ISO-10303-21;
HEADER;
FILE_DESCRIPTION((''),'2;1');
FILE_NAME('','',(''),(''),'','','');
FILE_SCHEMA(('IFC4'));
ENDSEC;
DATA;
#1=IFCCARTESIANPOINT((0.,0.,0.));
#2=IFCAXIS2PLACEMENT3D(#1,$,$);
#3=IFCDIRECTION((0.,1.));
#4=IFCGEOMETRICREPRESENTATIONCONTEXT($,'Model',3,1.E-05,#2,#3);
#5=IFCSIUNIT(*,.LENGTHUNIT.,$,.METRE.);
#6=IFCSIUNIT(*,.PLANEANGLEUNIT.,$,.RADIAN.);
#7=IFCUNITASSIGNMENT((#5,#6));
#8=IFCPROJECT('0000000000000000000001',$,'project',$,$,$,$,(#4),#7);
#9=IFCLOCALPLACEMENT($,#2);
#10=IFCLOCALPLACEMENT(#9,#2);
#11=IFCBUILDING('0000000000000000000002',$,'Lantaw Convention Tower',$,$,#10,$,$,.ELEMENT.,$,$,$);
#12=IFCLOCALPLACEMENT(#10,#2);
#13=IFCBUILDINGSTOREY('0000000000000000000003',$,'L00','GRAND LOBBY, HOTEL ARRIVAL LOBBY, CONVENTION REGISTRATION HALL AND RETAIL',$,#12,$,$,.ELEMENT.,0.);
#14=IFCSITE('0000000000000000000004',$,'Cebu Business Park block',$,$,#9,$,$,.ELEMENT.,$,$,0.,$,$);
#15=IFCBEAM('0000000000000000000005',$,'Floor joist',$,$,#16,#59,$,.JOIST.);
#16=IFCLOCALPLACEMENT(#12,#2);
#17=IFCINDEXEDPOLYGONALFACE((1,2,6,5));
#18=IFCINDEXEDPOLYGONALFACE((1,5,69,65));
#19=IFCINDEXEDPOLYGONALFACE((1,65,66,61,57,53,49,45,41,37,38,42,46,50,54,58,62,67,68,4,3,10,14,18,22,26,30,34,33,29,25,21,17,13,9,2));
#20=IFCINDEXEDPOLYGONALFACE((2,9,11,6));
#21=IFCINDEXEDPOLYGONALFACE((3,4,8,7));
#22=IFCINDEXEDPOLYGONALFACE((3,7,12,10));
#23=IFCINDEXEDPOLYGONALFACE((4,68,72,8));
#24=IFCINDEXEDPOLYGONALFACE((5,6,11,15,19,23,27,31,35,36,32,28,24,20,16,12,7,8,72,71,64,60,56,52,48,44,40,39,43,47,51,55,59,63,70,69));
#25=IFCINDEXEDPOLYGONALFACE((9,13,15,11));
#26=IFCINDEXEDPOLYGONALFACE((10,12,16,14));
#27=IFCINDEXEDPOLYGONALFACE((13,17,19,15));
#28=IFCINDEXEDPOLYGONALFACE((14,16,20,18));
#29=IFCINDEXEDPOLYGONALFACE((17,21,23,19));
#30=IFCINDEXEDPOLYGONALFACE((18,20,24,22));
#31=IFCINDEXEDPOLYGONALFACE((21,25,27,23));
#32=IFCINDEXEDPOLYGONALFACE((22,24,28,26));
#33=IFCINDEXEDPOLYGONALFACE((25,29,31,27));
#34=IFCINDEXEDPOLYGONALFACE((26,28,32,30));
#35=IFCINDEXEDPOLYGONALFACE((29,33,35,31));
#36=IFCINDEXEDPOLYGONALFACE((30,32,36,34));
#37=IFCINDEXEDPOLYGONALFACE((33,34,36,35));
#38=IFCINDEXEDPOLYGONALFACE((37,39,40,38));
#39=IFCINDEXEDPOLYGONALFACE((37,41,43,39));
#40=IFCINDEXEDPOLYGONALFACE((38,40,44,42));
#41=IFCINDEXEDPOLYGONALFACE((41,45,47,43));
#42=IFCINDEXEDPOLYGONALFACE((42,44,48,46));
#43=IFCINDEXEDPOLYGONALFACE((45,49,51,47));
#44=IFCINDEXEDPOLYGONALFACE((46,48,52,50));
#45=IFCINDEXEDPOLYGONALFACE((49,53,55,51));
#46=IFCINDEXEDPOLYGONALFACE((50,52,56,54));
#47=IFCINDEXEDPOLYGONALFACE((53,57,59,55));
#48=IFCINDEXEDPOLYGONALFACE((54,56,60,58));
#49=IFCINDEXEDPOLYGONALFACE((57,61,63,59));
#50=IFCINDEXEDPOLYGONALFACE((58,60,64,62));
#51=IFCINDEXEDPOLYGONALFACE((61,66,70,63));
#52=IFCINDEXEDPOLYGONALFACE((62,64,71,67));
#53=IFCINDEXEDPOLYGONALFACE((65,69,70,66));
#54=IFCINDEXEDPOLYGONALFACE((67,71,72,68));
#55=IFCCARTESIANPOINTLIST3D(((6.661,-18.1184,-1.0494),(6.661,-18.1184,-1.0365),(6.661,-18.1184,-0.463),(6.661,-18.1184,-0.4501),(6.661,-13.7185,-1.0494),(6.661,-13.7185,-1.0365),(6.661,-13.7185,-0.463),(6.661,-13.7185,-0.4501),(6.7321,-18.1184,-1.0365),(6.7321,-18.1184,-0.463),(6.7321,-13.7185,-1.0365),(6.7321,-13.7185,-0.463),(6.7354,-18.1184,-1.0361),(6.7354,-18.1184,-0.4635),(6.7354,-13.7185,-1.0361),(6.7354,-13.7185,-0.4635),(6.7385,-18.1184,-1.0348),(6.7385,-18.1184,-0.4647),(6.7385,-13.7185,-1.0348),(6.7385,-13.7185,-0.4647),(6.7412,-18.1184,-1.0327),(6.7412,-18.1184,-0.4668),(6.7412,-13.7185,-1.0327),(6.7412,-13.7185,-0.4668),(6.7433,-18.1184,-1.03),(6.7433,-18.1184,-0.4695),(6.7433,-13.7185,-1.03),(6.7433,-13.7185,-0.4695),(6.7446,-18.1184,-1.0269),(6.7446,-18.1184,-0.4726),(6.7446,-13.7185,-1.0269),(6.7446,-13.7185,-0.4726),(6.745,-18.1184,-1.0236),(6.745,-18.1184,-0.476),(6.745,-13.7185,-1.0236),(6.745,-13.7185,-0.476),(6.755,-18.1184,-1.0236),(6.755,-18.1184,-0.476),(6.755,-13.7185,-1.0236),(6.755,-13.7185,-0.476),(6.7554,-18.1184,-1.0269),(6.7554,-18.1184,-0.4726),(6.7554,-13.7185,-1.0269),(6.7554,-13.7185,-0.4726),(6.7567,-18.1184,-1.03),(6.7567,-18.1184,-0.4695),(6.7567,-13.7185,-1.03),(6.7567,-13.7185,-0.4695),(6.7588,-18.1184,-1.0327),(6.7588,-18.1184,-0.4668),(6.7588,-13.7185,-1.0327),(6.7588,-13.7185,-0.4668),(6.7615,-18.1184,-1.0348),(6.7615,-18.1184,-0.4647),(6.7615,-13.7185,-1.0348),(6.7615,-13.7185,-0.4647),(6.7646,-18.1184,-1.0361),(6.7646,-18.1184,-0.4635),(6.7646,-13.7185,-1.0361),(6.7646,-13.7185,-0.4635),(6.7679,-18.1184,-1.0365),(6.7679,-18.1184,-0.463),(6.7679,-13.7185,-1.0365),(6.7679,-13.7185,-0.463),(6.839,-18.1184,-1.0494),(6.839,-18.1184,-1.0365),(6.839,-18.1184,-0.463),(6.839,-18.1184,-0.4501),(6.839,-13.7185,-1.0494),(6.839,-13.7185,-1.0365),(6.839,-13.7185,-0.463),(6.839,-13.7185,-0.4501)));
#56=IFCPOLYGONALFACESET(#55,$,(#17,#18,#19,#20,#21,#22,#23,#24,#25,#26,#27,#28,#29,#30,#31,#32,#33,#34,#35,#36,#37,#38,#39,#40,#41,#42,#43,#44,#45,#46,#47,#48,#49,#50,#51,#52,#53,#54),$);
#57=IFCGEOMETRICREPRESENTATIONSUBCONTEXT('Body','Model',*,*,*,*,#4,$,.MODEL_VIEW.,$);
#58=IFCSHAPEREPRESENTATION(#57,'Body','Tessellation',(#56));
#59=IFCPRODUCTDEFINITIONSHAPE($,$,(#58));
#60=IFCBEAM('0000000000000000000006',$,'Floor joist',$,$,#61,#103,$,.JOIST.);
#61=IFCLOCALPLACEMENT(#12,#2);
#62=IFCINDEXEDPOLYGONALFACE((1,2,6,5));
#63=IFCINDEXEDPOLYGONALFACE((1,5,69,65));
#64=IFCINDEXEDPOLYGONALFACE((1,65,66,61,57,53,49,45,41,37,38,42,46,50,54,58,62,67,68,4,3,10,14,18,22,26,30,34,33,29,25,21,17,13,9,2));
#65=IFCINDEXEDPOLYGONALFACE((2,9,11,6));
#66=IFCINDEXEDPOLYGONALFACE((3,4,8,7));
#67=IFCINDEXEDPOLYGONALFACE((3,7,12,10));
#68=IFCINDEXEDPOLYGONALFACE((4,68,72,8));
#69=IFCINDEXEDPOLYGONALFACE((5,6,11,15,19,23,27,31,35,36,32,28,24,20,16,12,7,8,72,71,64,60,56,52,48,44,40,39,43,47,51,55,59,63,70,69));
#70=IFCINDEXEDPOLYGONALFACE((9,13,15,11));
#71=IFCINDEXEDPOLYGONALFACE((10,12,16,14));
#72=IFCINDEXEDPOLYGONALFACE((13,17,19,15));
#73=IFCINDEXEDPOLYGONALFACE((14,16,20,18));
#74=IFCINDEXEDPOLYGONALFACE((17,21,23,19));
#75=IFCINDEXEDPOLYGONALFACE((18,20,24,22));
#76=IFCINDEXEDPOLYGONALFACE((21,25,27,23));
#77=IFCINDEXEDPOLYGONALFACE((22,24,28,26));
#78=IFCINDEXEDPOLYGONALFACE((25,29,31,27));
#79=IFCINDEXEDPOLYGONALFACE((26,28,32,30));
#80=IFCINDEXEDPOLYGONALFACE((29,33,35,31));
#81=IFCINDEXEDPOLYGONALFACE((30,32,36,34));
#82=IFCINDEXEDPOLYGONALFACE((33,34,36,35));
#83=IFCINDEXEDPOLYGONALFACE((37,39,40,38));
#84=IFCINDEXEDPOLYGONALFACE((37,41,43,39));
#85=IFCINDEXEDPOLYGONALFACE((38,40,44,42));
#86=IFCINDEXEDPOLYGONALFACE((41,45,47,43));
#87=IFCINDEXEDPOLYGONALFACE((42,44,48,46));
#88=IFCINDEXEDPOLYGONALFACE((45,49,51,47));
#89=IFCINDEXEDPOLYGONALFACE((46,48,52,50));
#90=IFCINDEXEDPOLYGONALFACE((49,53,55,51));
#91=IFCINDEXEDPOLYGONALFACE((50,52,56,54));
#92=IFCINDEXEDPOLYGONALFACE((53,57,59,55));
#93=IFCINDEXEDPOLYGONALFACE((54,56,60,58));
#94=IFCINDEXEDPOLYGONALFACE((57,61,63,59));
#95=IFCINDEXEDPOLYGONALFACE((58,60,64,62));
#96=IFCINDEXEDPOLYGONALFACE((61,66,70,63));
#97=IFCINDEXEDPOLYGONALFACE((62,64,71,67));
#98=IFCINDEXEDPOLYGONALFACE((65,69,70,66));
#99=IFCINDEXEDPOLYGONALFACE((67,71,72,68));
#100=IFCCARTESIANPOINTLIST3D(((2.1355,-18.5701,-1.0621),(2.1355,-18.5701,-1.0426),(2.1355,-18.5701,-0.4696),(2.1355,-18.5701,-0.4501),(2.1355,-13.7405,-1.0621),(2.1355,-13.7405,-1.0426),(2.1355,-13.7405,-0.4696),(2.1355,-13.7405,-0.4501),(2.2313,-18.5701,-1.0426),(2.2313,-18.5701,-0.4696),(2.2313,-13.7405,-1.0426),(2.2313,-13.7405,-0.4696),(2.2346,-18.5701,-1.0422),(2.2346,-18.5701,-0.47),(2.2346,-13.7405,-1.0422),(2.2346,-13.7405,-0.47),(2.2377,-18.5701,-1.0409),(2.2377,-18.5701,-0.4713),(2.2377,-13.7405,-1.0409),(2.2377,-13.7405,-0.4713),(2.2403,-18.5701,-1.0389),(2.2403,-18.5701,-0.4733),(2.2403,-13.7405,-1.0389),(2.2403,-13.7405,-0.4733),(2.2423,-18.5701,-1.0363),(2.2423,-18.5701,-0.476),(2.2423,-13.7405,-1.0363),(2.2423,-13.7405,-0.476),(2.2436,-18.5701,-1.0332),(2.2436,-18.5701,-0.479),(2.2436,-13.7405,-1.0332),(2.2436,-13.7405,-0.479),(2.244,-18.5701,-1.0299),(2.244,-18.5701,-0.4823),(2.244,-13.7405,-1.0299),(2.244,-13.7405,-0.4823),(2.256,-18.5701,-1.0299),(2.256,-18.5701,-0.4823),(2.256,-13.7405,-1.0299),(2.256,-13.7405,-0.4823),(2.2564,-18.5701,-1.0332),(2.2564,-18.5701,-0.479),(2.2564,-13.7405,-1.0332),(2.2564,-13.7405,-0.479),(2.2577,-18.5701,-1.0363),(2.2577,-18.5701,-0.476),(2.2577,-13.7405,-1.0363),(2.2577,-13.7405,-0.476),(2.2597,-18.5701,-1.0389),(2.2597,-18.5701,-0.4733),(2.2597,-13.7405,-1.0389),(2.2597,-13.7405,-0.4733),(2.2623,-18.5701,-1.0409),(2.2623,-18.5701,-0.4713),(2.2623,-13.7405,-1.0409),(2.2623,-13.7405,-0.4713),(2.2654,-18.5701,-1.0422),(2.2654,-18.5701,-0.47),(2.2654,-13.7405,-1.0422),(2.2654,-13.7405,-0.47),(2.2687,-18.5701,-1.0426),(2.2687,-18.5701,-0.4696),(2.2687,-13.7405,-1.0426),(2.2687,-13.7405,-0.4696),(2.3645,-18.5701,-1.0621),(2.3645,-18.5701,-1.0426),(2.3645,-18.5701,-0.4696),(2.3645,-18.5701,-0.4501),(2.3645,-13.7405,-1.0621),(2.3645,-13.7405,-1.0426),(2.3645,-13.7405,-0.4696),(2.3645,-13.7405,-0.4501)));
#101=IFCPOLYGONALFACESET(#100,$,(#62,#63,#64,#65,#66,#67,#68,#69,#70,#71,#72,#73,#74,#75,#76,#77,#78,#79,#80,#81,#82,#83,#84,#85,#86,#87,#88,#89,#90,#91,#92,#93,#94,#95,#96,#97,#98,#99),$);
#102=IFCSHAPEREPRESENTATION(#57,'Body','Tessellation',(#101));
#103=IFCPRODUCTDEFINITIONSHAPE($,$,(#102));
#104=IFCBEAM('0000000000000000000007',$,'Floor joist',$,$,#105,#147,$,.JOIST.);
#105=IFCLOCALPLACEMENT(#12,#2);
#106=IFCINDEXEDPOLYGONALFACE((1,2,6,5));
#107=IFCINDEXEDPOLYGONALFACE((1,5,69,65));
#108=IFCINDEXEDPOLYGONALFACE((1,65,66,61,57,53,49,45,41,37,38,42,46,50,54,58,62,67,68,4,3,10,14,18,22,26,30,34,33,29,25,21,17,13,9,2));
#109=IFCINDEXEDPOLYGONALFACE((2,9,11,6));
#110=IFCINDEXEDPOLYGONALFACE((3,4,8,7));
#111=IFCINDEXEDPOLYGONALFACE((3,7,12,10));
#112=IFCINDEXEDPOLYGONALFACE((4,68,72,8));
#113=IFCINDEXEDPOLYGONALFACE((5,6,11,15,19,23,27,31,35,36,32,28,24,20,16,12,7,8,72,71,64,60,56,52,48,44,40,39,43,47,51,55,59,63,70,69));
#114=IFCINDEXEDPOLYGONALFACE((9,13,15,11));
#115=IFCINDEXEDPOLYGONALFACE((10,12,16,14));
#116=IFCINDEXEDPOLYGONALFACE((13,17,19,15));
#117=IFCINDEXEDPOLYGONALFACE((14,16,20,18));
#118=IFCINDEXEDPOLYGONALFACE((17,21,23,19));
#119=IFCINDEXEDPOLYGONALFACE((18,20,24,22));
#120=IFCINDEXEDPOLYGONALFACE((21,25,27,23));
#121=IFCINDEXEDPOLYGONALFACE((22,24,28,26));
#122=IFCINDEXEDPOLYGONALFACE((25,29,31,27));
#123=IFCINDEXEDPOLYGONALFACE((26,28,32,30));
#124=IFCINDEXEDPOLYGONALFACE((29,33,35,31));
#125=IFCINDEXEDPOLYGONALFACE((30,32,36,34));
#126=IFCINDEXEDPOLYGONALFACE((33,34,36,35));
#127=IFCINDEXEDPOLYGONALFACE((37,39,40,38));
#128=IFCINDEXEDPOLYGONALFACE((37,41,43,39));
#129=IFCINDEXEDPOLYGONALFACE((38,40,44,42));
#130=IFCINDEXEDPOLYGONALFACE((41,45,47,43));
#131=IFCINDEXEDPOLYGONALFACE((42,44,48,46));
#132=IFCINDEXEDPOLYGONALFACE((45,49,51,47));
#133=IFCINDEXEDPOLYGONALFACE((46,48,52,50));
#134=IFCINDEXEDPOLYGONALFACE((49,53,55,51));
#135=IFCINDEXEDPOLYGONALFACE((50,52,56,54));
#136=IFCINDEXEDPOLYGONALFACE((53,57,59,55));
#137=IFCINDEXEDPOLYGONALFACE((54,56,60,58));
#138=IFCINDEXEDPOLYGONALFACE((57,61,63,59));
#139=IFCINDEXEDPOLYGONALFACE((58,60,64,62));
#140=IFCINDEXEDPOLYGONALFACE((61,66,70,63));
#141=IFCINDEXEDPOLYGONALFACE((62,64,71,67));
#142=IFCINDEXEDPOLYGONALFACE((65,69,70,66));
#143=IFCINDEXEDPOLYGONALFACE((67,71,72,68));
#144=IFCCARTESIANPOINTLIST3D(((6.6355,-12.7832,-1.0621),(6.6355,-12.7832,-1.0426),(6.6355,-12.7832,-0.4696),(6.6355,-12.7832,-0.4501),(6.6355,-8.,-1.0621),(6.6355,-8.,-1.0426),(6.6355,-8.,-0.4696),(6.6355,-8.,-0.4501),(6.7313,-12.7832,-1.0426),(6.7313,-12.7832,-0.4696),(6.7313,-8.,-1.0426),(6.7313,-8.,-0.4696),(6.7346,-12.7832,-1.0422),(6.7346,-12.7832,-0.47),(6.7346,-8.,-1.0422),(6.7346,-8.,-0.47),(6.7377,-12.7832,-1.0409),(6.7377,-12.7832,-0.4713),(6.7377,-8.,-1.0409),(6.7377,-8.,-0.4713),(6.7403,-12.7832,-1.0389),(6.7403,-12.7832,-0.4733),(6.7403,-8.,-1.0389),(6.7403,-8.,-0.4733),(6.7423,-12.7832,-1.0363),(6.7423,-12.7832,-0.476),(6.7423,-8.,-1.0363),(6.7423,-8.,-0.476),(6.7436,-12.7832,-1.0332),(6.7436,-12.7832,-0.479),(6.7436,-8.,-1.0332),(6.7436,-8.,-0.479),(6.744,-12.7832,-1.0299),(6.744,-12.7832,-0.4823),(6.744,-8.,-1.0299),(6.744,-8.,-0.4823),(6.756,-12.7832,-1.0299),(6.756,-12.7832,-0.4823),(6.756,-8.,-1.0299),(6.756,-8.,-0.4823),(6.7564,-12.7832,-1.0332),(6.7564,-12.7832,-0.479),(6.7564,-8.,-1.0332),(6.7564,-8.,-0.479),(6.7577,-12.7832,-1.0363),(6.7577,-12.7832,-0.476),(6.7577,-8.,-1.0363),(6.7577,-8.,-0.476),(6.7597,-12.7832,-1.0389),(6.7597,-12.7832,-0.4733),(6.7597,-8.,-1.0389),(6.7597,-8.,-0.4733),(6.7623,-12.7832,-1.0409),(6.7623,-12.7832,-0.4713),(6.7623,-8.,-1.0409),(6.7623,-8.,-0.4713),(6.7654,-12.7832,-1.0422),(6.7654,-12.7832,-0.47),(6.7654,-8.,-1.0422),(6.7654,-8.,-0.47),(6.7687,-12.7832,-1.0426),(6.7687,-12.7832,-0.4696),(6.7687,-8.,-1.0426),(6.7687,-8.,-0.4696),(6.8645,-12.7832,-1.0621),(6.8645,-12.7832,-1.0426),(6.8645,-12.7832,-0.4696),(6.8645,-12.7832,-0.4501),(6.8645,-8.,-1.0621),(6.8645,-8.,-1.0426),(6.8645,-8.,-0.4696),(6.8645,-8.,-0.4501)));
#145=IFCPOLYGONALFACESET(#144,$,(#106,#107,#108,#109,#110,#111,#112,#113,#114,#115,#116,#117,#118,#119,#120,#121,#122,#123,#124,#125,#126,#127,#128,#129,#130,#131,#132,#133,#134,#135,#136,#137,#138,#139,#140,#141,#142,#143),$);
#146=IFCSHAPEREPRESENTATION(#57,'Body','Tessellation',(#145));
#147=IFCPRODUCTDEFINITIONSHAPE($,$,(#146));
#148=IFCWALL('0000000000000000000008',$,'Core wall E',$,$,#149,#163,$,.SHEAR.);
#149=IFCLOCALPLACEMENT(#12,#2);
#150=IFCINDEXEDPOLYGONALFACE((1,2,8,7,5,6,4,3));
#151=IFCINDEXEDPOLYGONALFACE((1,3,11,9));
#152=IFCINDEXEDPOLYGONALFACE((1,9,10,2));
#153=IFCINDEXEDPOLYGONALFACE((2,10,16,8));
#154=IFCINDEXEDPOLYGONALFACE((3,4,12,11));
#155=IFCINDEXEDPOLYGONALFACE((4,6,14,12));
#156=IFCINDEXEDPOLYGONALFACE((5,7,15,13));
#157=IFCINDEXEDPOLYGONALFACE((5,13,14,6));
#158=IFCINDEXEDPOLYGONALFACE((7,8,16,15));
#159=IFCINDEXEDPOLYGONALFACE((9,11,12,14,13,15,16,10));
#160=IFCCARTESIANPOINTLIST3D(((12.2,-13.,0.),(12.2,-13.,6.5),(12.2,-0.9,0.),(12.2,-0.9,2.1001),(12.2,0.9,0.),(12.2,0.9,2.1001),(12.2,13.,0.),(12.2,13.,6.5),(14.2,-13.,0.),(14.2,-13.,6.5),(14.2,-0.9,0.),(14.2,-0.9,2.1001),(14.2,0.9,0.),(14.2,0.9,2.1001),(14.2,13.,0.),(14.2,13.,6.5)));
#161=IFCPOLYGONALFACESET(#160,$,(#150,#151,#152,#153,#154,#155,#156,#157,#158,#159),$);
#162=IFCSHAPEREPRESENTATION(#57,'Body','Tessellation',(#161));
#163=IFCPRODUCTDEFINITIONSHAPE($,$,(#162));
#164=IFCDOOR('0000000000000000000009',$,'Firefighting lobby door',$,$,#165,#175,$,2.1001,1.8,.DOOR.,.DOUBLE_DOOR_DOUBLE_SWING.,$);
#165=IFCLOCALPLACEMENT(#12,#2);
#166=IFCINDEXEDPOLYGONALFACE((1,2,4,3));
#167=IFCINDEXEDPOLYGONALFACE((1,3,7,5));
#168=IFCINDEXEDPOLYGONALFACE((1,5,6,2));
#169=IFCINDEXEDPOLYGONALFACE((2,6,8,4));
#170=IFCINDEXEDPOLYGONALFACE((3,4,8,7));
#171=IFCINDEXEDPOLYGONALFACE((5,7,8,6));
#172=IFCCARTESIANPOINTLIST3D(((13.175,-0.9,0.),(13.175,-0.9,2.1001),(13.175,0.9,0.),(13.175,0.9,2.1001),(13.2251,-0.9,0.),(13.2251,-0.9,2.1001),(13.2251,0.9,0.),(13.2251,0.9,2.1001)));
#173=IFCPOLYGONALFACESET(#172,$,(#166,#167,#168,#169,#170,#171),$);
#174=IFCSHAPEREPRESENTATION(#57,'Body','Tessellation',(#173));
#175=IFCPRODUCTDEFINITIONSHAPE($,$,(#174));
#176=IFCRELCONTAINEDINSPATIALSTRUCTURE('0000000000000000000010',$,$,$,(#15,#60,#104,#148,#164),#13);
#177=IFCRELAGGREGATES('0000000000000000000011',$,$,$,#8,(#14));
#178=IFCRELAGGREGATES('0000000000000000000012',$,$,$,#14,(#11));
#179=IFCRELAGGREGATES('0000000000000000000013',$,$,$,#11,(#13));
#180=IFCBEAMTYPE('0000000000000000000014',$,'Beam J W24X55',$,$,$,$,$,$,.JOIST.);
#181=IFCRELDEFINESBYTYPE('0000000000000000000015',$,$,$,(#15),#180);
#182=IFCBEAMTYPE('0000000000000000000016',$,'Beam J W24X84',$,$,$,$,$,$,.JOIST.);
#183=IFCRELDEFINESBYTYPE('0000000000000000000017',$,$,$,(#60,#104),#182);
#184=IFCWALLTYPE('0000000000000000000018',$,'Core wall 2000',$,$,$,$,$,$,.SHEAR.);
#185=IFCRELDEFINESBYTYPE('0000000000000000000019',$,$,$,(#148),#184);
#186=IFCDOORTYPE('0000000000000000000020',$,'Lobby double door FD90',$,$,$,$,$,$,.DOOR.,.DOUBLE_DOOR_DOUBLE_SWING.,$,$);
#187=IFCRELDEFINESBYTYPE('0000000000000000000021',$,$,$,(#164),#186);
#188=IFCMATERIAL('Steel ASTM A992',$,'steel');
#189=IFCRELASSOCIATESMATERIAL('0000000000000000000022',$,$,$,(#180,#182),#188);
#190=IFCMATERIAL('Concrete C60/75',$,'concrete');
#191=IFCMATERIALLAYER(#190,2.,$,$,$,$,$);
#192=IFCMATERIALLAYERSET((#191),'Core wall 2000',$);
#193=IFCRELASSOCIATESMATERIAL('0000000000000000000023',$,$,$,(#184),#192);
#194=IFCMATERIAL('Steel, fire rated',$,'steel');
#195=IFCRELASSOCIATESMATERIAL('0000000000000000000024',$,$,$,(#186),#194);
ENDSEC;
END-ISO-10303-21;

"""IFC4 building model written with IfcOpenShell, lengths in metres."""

from ifc_helpers import new_model, si_unit, direction, frame, frame_2d, origin, origin_2d, place, context, subcontext, project, spatial, rectangle, i_section, extrude, material, layer, layer_set, material_profile, profile_set, type_object, element, fill, save


model = new_model("IFC4")

# Units and contexts
model_context = context("Model", 3, precision=1e-05, world=origin(), true_north=direction((0.0, 1.0)))
body_context = subcontext(model_context, "Body", "Model", "MODEL_VIEW")
ifc_project = project(units=[si_unit("LENGTHUNIT", "METRE"), si_unit("PLANEANGLEUNIT", "RADIAN")], contexts=[model_context])

# Site, building, storey
site_placement = place(None, origin())
site = spatial("IfcSite", under=ifc_project, at=site_placement, Name="Cebu Business Park block", CompositionType="ELEMENT", RefElevation=0.0)
building_placement = place(site_placement, origin())
building = spatial("IfcBuilding", under=site, at=building_placement, Name="Lantaw Convention Tower", CompositionType="ELEMENT")
storey_placement = place(building_placement, origin())
storey = spatial("IfcBuildingStorey", under=building, at=storey_placement, Name="L00", Description="GRAND LOBBY, HOTEL ARRIVAL LOBBY, CONVENTION REGISTRATION HALL AND RETAIL", CompositionType="ELEMENT", Elevation=0.0)

# Beams
ifc_material_1 = material(Name="Steel ASTM A992", Category="steel")
ifc_material_profile_1 = material_profile(ifc_material_1, i_section(OverallWidth=0.178, OverallDepth=0.5994, WebThickness=0.01, FlangeThickness=0.0129, FilletRadius=0.0129, at=origin_2d()), Name="W24X55")
ifc_profile_set_1 = profile_set([ifc_material_profile_1], Name="Steel ASTM A992")
beam_type_1 = type_object("IfcBeamType", Name="Beam J W24X55", PredefinedType="JOIST", material=ifc_profile_set_1)
beam_1_placement = place(storey_placement, frame((6.75, -18.1184, -0.7498), z_axis=(0.0, 1.0, 0.0), x_axis=(-1.0, 0.0, 0.0)))
element("IfcBeam", 1, at=beam_1_placement, inside=storey, type_object=beam_type_1, Name="Floor joist", PredefinedType="JOIST", context=body_context, shape_type="SweptSolid", body=[
    extrude(i_section(OverallWidth=0.178, OverallDepth=0.5994, WebThickness=0.01, FlangeThickness=0.0129, FilletRadius=0.0129, at=origin_2d()), origin(), (0.0, 0.0, 1.0), 4.3999),
])
ifc_material_profile_2 = material_profile(ifc_material_1, i_section(OverallWidth=0.229, OverallDepth=0.6121, WebThickness=0.012, FlangeThickness=0.0195, FilletRadius=0.0127, at=origin_2d()), Name="W24X84")
ifc_profile_set_2 = profile_set([ifc_material_profile_2], Name="Steel ASTM A992")
beam_type_2 = type_object("IfcBeamType", Name="Beam J W24X84", PredefinedType="JOIST", material=ifc_profile_set_2)
beam_2_placement = place(storey_placement, frame((2.25, -18.5701, -0.7561), z_axis=(0.0, 1.0, 0.0), x_axis=(-1.0, 0.0, 0.0)))
element("IfcBeam", 2, at=beam_2_placement, inside=storey, type_object=beam_type_2, Name="Floor joist", PredefinedType="JOIST", context=body_context, shape_type="SweptSolid", body=[
    extrude(i_section(OverallWidth=0.229, OverallDepth=0.6121, WebThickness=0.012, FlangeThickness=0.0195, FilletRadius=0.0127, at=origin_2d()), origin(), (0.0, 0.0, 1.0), 4.8296),
])
beam_3_placement = place(storey_placement, frame((6.75, -12.7832, -0.7561), z_axis=(0.0, 1.0, 0.0), x_axis=(-1.0, 0.0, 0.0)))
element("IfcBeam", 3, at=beam_3_placement, inside=storey, type_object=beam_type_2, Name="Floor joist", PredefinedType="JOIST", context=body_context, shape_type="SweptSolid", body=[
    extrude(i_section(OverallWidth=0.229, OverallDepth=0.6121, WebThickness=0.012, FlangeThickness=0.0195, FilletRadius=0.0127, at=origin_2d()), origin(), (0.0, 0.0, 1.0), 4.7832),
])

# Wall, opening, door
ifc_material_2 = material(Name="Concrete C60/75", Category="concrete")
ifc_layer_1 = layer(ifc_material_2, 2.0)
ifc_layer_set_1 = layer_set([ifc_layer_1], Name="Core wall 2000")
wall_type_1 = type_object("IfcWallType", Name="Core wall 2000", PredefinedType="SHEAR", material=ifc_layer_set_1)
wall_1_placement = place(storey_placement, frame((13.2, -13.0, 0.0), z_axis=(0.0, 0.0, 1.0), x_axis=(0.0, 1.0, 0.0)))
wall_1 = element("IfcWall", 4, at=wall_1_placement, inside=storey, type_object=wall_type_1, Name="Core wall E", PredefinedType="SHEAR", context=body_context, shape_type="SweptSolid", body=[
    extrude(rectangle(XDim=26.0, YDim=2.0, at=frame_2d((13.0, 0.0))), origin(), (0.0, 0.0, 1.0), 6.5),
])
opening_1_placement = place(wall_1_placement, frame((12.1001, 0.0, 0.0)))
opening_1 = element("IfcOpeningElement", 5, at=opening_1_placement, cuts=wall_1, PredefinedType="OPENING", context=body_context, shape_type="SweptSolid", body=[
    extrude(rectangle(XDim=1.8, YDim=2.1001, at=frame_2d((0.8999, 1.05))), frame((0.0, 1.01, 0.0), z_axis=(0.0, -1.0, 0.0), x_axis=(1.0, 0.0, 0.0)), (0.0, 0.0, 1.0), 2.02),
])
ifc_material_3 = material(Name="Steel, fire rated", Category="steel")
door_type_1 = type_object("IfcDoorType", Name="Lobby double door FD90", OperationType="DOUBLE_DOOR_DOUBLE_SWING", PredefinedType="DOOR", material=ifc_material_3)
door_1_placement = place(opening_1_placement, origin())
door_1 = element("IfcDoor", 6, at=door_1_placement, inside=storey, type_object=door_type_1, Name="Firefighting lobby door", OperationType="DOUBLE_DOOR_DOUBLE_SWING", OverallHeight=2.1001, OverallWidth=1.8, PredefinedType="DOOR", context=body_context, shape_type="SweptSolid", body=[
    extrude(rectangle(XDim=1.8, YDim=2.1001, at=frame_2d((0.8999, 1.05))), frame((0.0, 0.0249, 0.0), z_axis=(0.0, -1.0, 0.0), x_axis=(1.0, 0.0, 0.0)), (0.0, 0.0, 1.0), 0.05),
])
fill(opening_1, door_1)

save(model, "model.ifc")
